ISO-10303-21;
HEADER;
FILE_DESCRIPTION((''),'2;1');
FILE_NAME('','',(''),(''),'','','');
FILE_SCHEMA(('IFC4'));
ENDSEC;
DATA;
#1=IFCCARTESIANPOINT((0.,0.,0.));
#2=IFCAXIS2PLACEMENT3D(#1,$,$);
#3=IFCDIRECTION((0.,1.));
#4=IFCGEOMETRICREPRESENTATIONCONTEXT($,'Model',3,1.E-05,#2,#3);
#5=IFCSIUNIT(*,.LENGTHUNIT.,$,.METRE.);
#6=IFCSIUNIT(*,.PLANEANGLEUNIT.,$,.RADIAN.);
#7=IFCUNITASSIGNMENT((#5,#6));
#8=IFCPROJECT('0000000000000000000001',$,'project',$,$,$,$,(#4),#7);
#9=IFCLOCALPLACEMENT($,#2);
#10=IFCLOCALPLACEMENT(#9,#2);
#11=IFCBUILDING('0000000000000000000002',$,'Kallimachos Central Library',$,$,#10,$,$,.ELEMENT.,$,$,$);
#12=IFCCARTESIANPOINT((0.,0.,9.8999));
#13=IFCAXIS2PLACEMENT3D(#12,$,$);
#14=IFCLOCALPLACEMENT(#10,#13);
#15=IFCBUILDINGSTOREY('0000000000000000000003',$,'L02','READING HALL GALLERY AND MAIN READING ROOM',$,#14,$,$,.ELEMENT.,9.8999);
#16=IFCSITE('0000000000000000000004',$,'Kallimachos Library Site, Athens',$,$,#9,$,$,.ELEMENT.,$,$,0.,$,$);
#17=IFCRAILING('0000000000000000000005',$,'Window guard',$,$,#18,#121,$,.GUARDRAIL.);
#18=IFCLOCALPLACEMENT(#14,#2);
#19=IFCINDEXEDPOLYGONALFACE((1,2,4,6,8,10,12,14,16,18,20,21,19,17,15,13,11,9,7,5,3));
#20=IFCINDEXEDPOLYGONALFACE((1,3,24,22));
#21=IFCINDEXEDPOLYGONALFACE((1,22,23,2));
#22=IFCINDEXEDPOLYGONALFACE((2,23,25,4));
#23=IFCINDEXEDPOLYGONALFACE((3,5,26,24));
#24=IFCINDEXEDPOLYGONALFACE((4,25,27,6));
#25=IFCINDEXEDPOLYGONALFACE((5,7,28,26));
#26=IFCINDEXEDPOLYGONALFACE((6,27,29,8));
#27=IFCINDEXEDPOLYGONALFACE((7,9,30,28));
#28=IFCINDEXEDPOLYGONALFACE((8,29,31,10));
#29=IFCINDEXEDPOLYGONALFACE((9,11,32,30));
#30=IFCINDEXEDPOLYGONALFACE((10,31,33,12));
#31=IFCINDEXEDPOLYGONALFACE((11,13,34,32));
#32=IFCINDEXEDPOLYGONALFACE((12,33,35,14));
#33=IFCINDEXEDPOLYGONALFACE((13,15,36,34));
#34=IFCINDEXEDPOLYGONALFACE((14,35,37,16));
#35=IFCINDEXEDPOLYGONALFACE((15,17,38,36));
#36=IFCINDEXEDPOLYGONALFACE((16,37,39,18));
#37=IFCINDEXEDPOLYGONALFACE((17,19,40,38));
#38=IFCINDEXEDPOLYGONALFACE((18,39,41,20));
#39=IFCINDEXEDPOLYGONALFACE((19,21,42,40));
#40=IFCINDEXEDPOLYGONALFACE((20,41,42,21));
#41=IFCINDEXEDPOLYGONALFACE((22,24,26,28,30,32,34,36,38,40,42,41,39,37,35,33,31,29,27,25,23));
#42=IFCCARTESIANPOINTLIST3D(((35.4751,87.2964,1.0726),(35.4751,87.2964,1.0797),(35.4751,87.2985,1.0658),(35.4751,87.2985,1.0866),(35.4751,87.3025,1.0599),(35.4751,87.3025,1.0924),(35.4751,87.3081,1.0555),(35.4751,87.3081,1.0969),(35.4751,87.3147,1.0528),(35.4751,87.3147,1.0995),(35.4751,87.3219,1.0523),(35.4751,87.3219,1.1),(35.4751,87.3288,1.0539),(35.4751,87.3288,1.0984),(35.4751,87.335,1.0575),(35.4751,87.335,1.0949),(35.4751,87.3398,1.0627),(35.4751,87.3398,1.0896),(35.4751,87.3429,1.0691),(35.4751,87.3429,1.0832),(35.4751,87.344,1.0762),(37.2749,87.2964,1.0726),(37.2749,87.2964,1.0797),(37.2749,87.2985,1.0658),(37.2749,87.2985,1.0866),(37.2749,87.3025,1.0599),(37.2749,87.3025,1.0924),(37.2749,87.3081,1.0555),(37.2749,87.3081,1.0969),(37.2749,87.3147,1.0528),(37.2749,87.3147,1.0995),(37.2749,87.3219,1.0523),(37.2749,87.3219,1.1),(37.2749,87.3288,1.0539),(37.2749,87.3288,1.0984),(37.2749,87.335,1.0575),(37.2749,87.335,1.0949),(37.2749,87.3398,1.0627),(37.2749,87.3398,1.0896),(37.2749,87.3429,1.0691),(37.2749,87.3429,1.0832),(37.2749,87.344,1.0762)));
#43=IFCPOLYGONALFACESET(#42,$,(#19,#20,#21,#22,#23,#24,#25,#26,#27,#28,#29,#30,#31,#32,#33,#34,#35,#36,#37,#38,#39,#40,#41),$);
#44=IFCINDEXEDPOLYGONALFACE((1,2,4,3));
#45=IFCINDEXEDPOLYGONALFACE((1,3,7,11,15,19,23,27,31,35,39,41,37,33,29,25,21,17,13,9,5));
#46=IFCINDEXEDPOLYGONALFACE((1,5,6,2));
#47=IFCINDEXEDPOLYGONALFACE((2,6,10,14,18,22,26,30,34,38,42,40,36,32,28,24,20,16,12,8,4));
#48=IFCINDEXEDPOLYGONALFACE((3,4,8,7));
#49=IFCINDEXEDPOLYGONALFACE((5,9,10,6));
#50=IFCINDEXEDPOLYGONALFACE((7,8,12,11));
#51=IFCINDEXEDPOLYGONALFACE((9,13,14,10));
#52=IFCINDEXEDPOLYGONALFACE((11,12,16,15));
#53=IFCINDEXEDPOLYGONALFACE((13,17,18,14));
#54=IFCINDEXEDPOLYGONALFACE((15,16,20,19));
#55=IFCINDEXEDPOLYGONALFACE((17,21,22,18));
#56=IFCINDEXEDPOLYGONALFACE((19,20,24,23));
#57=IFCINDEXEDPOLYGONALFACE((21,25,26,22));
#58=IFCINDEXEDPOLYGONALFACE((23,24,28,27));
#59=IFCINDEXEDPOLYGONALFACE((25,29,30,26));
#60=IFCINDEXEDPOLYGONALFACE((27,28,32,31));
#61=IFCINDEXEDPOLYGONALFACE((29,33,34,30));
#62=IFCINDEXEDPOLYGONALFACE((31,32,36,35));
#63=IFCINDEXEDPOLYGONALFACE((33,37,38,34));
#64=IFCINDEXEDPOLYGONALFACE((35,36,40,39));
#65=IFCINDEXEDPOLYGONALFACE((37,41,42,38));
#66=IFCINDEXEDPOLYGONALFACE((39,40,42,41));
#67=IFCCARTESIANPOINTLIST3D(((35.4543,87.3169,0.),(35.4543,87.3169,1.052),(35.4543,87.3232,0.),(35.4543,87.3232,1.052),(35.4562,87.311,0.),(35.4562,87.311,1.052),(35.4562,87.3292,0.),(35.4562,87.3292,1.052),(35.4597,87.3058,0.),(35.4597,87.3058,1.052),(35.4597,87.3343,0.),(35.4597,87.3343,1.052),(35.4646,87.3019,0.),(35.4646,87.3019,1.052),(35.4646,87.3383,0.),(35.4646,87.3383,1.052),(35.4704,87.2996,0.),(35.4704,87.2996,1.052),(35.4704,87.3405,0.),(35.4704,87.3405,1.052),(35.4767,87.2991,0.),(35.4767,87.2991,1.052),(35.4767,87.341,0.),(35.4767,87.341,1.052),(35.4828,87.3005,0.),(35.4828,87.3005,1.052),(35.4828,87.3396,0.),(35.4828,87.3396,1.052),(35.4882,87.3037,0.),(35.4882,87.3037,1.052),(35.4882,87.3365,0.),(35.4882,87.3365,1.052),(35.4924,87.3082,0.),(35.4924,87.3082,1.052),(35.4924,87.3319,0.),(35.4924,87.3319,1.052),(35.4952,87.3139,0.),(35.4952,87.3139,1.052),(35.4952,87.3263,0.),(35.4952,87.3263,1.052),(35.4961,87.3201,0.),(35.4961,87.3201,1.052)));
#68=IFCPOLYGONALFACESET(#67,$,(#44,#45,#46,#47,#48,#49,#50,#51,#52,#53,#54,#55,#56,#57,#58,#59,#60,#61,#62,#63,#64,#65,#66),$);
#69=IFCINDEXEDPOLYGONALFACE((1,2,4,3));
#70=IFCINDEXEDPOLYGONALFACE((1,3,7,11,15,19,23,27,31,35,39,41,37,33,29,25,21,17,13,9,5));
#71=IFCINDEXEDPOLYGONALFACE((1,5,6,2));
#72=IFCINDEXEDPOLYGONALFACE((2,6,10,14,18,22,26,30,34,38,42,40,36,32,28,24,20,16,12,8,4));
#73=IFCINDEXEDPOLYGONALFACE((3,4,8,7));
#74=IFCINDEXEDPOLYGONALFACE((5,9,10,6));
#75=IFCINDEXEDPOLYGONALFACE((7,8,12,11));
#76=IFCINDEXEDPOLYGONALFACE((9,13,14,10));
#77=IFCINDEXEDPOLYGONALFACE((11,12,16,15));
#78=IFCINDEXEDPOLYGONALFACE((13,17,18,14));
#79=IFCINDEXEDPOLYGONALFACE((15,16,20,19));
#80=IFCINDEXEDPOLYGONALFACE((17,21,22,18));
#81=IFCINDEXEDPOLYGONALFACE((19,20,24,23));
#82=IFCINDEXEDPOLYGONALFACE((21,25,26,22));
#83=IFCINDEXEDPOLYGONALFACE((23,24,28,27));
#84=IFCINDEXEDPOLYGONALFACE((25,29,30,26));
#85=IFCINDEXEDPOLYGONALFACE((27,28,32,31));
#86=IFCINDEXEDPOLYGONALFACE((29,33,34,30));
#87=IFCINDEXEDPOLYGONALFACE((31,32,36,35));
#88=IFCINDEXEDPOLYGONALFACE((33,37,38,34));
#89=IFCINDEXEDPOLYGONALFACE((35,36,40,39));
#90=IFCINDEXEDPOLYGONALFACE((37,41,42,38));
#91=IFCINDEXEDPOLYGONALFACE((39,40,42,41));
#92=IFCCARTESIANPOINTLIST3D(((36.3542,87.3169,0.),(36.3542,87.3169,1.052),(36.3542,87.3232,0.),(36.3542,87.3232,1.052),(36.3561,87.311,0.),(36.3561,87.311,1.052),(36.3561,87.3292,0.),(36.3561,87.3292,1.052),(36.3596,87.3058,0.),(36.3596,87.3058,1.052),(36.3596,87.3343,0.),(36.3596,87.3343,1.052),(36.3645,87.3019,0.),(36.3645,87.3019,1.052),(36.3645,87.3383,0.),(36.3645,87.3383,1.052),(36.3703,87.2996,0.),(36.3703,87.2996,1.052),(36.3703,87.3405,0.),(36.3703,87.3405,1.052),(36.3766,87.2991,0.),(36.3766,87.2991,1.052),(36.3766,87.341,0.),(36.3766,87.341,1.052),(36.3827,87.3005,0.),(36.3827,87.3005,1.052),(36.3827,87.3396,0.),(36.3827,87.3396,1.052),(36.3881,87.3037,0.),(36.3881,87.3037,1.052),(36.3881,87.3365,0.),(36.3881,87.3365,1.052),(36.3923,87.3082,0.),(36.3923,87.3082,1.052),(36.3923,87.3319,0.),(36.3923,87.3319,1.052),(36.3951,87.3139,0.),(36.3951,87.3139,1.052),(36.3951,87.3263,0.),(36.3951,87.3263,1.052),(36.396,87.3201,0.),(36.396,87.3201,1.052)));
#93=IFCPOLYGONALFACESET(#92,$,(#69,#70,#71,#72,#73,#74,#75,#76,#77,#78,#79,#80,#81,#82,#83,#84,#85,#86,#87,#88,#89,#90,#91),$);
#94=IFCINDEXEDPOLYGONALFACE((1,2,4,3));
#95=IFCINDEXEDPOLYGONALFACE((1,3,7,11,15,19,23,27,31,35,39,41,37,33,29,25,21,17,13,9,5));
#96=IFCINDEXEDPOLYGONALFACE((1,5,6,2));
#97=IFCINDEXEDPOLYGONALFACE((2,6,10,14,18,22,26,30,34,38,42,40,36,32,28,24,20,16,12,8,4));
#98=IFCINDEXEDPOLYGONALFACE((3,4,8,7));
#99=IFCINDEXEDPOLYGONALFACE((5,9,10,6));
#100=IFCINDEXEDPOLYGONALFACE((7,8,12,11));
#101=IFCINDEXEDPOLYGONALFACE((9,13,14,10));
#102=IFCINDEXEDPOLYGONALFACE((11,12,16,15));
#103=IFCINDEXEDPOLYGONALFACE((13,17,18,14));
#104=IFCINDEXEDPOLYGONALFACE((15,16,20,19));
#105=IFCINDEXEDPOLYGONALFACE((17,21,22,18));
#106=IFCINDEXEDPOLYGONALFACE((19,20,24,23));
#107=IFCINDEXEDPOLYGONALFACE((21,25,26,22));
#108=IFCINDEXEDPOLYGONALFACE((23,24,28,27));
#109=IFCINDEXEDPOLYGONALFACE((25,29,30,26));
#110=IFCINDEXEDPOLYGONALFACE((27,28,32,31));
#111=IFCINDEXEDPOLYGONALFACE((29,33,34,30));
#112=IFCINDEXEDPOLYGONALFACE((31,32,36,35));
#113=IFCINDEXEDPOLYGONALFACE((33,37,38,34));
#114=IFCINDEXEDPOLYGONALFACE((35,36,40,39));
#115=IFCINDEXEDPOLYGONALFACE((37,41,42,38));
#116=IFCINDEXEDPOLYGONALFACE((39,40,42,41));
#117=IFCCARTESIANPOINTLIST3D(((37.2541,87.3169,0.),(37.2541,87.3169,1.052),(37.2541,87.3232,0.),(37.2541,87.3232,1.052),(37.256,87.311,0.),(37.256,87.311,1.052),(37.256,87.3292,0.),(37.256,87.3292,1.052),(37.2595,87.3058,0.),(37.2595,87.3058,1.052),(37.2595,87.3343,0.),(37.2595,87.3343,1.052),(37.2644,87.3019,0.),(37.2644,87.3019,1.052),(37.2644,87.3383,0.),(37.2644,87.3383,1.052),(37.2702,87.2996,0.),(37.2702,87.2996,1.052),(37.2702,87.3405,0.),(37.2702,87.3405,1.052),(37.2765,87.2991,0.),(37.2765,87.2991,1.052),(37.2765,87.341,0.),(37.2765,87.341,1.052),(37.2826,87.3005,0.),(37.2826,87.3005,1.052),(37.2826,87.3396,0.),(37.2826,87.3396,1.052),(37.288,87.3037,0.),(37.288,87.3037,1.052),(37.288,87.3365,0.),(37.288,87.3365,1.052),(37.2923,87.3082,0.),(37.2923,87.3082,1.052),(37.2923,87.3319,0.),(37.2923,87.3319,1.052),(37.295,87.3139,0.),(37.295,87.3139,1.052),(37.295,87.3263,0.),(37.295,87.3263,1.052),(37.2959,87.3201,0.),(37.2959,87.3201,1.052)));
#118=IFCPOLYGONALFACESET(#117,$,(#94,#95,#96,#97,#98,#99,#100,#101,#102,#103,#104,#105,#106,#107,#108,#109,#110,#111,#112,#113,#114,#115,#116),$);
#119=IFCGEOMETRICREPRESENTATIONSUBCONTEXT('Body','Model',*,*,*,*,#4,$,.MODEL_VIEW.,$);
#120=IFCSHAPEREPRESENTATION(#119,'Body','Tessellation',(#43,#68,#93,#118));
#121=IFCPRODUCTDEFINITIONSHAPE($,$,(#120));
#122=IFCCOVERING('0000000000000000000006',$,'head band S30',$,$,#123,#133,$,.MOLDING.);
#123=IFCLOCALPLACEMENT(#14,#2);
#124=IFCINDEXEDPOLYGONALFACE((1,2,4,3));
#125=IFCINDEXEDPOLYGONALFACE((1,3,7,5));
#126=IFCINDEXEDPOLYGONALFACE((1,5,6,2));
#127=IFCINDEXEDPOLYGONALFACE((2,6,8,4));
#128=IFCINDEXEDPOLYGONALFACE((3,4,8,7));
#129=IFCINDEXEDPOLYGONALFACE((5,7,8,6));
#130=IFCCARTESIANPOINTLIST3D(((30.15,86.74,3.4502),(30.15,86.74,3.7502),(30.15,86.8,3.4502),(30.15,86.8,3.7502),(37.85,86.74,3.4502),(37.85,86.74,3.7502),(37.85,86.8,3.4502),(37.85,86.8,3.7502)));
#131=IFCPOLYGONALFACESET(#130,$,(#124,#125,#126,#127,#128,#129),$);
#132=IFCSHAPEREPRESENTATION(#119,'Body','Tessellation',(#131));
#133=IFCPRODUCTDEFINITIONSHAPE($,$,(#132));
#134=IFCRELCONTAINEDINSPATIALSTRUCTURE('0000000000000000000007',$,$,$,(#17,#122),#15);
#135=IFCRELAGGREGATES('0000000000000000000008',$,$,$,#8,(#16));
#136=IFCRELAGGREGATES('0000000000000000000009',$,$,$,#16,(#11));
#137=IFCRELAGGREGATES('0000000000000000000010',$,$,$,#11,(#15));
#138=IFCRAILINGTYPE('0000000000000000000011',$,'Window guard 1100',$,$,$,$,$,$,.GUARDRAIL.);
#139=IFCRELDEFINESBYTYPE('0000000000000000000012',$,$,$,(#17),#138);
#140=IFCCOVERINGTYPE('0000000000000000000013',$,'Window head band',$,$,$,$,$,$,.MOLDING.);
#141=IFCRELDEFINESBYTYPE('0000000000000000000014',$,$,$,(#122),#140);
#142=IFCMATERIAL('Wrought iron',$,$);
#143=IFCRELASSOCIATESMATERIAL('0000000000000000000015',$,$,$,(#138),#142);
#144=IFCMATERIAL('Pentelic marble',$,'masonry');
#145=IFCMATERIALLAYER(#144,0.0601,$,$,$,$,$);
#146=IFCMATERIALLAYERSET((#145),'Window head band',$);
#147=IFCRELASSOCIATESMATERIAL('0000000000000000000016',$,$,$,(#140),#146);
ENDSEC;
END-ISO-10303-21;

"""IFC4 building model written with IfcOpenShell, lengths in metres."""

from ifc_helpers import new_model, si_unit, direction, frame, origin, origin_2d, place, context, subcontext, project, spatial, rectangle, circle, extrude, material, layer, layer_set, type_object, element, save


model = new_model("IFC4")

# Units and contexts
model_context = context("Model", 3, precision=1e-05, world=origin(), true_north=direction((0.0, 1.0)))
body_context = subcontext(model_context, "Body", "Model", "MODEL_VIEW")
ifc_project = project(units=[si_unit("LENGTHUNIT", "METRE"), si_unit("PLANEANGLEUNIT", "RADIAN")], contexts=[model_context])

# Site, building, storey
site_placement = place(None, origin())
site = spatial("IfcSite", under=ifc_project, at=site_placement, Name="Kallimachos Library Site, Athens", CompositionType="ELEMENT", RefElevation=0.0)
building_placement = place(site_placement, origin())
building = spatial("IfcBuilding", under=site, at=building_placement, Name="Kallimachos Central Library", CompositionType="ELEMENT")
storey_placement = place(building_placement, frame((0.0, 0.0, 9.8999)))
storey = spatial("IfcBuildingStorey", under=building, at=storey_placement, Name="L02", Description="READING HALL GALLERY AND MAIN READING ROOM", CompositionType="ELEMENT", Elevation=9.8999)

# Railing
ifc_material_1 = material(Name="Wrought iron")
railing_type = type_object("IfcRailingType", Name="Window guard 1100", PredefinedType="GUARDRAIL", material=ifc_material_1)
for number, where, name in (
    (1, (35.4751, 87.3201, 0.0), "Window guard"),
):
    element("IfcRailing", number, at=place(storey_placement, frame(where)), inside=storey, type_object=railing_type, Name=name, PredefinedType="GUARDRAIL", context=body_context, shape_type="SweptSolid", body=[
        extrude(circle(Radius=0.0239, at=origin_2d()), frame((0.0, 0.0, 1.0762), z_axis=(1.0, 0.0, 0.0), x_axis=(0.0, 1.0, 0.0)), (0.0, 0.0, 1.0), 1.7998),
        extrude(circle(Radius=0.021, at=origin_2d()), origin(), (0.0, 0.0, 1.0), 1.052),
        extrude(circle(Radius=0.021, at=origin_2d()), frame((0.8999, 0.0, 0.0)), (0.0, 0.0, 1.0), 1.052),
        extrude(circle(Radius=0.021, at=origin_2d()), frame((1.7998, 0.0, 0.0)), (0.0, 0.0, 1.0), 1.052),
    ])

# Covering
ifc_material_2 = material(Name="Pentelic marble", Category="masonry")
ifc_layer_1 = layer(ifc_material_2, 0.0601)
ifc_layer_set_1 = layer_set([ifc_layer_1], Name="Window head band")
covering_type_1 = type_object("IfcCoveringType", Name="Window head band", PredefinedType="MOLDING", material=ifc_layer_set_1)
covering_1_placement = place(storey_placement, frame((34.0, 86.77, 3.4502), z_axis=(0.0, 0.0, 1.0), x_axis=(1.0, 0.0, 0.0)))
element("IfcCovering", 2, at=covering_1_placement, inside=storey, type_object=covering_type_1, Name="head band S30", PredefinedType="MOLDING", context=body_context, shape_type="SweptSolid", body=[
    extrude(rectangle(XDim=7.7, YDim=0.0601, at=origin_2d()), origin(), (0.0, 0.0, 1.0), 0.3),
])

save(model, "model.ifc")
